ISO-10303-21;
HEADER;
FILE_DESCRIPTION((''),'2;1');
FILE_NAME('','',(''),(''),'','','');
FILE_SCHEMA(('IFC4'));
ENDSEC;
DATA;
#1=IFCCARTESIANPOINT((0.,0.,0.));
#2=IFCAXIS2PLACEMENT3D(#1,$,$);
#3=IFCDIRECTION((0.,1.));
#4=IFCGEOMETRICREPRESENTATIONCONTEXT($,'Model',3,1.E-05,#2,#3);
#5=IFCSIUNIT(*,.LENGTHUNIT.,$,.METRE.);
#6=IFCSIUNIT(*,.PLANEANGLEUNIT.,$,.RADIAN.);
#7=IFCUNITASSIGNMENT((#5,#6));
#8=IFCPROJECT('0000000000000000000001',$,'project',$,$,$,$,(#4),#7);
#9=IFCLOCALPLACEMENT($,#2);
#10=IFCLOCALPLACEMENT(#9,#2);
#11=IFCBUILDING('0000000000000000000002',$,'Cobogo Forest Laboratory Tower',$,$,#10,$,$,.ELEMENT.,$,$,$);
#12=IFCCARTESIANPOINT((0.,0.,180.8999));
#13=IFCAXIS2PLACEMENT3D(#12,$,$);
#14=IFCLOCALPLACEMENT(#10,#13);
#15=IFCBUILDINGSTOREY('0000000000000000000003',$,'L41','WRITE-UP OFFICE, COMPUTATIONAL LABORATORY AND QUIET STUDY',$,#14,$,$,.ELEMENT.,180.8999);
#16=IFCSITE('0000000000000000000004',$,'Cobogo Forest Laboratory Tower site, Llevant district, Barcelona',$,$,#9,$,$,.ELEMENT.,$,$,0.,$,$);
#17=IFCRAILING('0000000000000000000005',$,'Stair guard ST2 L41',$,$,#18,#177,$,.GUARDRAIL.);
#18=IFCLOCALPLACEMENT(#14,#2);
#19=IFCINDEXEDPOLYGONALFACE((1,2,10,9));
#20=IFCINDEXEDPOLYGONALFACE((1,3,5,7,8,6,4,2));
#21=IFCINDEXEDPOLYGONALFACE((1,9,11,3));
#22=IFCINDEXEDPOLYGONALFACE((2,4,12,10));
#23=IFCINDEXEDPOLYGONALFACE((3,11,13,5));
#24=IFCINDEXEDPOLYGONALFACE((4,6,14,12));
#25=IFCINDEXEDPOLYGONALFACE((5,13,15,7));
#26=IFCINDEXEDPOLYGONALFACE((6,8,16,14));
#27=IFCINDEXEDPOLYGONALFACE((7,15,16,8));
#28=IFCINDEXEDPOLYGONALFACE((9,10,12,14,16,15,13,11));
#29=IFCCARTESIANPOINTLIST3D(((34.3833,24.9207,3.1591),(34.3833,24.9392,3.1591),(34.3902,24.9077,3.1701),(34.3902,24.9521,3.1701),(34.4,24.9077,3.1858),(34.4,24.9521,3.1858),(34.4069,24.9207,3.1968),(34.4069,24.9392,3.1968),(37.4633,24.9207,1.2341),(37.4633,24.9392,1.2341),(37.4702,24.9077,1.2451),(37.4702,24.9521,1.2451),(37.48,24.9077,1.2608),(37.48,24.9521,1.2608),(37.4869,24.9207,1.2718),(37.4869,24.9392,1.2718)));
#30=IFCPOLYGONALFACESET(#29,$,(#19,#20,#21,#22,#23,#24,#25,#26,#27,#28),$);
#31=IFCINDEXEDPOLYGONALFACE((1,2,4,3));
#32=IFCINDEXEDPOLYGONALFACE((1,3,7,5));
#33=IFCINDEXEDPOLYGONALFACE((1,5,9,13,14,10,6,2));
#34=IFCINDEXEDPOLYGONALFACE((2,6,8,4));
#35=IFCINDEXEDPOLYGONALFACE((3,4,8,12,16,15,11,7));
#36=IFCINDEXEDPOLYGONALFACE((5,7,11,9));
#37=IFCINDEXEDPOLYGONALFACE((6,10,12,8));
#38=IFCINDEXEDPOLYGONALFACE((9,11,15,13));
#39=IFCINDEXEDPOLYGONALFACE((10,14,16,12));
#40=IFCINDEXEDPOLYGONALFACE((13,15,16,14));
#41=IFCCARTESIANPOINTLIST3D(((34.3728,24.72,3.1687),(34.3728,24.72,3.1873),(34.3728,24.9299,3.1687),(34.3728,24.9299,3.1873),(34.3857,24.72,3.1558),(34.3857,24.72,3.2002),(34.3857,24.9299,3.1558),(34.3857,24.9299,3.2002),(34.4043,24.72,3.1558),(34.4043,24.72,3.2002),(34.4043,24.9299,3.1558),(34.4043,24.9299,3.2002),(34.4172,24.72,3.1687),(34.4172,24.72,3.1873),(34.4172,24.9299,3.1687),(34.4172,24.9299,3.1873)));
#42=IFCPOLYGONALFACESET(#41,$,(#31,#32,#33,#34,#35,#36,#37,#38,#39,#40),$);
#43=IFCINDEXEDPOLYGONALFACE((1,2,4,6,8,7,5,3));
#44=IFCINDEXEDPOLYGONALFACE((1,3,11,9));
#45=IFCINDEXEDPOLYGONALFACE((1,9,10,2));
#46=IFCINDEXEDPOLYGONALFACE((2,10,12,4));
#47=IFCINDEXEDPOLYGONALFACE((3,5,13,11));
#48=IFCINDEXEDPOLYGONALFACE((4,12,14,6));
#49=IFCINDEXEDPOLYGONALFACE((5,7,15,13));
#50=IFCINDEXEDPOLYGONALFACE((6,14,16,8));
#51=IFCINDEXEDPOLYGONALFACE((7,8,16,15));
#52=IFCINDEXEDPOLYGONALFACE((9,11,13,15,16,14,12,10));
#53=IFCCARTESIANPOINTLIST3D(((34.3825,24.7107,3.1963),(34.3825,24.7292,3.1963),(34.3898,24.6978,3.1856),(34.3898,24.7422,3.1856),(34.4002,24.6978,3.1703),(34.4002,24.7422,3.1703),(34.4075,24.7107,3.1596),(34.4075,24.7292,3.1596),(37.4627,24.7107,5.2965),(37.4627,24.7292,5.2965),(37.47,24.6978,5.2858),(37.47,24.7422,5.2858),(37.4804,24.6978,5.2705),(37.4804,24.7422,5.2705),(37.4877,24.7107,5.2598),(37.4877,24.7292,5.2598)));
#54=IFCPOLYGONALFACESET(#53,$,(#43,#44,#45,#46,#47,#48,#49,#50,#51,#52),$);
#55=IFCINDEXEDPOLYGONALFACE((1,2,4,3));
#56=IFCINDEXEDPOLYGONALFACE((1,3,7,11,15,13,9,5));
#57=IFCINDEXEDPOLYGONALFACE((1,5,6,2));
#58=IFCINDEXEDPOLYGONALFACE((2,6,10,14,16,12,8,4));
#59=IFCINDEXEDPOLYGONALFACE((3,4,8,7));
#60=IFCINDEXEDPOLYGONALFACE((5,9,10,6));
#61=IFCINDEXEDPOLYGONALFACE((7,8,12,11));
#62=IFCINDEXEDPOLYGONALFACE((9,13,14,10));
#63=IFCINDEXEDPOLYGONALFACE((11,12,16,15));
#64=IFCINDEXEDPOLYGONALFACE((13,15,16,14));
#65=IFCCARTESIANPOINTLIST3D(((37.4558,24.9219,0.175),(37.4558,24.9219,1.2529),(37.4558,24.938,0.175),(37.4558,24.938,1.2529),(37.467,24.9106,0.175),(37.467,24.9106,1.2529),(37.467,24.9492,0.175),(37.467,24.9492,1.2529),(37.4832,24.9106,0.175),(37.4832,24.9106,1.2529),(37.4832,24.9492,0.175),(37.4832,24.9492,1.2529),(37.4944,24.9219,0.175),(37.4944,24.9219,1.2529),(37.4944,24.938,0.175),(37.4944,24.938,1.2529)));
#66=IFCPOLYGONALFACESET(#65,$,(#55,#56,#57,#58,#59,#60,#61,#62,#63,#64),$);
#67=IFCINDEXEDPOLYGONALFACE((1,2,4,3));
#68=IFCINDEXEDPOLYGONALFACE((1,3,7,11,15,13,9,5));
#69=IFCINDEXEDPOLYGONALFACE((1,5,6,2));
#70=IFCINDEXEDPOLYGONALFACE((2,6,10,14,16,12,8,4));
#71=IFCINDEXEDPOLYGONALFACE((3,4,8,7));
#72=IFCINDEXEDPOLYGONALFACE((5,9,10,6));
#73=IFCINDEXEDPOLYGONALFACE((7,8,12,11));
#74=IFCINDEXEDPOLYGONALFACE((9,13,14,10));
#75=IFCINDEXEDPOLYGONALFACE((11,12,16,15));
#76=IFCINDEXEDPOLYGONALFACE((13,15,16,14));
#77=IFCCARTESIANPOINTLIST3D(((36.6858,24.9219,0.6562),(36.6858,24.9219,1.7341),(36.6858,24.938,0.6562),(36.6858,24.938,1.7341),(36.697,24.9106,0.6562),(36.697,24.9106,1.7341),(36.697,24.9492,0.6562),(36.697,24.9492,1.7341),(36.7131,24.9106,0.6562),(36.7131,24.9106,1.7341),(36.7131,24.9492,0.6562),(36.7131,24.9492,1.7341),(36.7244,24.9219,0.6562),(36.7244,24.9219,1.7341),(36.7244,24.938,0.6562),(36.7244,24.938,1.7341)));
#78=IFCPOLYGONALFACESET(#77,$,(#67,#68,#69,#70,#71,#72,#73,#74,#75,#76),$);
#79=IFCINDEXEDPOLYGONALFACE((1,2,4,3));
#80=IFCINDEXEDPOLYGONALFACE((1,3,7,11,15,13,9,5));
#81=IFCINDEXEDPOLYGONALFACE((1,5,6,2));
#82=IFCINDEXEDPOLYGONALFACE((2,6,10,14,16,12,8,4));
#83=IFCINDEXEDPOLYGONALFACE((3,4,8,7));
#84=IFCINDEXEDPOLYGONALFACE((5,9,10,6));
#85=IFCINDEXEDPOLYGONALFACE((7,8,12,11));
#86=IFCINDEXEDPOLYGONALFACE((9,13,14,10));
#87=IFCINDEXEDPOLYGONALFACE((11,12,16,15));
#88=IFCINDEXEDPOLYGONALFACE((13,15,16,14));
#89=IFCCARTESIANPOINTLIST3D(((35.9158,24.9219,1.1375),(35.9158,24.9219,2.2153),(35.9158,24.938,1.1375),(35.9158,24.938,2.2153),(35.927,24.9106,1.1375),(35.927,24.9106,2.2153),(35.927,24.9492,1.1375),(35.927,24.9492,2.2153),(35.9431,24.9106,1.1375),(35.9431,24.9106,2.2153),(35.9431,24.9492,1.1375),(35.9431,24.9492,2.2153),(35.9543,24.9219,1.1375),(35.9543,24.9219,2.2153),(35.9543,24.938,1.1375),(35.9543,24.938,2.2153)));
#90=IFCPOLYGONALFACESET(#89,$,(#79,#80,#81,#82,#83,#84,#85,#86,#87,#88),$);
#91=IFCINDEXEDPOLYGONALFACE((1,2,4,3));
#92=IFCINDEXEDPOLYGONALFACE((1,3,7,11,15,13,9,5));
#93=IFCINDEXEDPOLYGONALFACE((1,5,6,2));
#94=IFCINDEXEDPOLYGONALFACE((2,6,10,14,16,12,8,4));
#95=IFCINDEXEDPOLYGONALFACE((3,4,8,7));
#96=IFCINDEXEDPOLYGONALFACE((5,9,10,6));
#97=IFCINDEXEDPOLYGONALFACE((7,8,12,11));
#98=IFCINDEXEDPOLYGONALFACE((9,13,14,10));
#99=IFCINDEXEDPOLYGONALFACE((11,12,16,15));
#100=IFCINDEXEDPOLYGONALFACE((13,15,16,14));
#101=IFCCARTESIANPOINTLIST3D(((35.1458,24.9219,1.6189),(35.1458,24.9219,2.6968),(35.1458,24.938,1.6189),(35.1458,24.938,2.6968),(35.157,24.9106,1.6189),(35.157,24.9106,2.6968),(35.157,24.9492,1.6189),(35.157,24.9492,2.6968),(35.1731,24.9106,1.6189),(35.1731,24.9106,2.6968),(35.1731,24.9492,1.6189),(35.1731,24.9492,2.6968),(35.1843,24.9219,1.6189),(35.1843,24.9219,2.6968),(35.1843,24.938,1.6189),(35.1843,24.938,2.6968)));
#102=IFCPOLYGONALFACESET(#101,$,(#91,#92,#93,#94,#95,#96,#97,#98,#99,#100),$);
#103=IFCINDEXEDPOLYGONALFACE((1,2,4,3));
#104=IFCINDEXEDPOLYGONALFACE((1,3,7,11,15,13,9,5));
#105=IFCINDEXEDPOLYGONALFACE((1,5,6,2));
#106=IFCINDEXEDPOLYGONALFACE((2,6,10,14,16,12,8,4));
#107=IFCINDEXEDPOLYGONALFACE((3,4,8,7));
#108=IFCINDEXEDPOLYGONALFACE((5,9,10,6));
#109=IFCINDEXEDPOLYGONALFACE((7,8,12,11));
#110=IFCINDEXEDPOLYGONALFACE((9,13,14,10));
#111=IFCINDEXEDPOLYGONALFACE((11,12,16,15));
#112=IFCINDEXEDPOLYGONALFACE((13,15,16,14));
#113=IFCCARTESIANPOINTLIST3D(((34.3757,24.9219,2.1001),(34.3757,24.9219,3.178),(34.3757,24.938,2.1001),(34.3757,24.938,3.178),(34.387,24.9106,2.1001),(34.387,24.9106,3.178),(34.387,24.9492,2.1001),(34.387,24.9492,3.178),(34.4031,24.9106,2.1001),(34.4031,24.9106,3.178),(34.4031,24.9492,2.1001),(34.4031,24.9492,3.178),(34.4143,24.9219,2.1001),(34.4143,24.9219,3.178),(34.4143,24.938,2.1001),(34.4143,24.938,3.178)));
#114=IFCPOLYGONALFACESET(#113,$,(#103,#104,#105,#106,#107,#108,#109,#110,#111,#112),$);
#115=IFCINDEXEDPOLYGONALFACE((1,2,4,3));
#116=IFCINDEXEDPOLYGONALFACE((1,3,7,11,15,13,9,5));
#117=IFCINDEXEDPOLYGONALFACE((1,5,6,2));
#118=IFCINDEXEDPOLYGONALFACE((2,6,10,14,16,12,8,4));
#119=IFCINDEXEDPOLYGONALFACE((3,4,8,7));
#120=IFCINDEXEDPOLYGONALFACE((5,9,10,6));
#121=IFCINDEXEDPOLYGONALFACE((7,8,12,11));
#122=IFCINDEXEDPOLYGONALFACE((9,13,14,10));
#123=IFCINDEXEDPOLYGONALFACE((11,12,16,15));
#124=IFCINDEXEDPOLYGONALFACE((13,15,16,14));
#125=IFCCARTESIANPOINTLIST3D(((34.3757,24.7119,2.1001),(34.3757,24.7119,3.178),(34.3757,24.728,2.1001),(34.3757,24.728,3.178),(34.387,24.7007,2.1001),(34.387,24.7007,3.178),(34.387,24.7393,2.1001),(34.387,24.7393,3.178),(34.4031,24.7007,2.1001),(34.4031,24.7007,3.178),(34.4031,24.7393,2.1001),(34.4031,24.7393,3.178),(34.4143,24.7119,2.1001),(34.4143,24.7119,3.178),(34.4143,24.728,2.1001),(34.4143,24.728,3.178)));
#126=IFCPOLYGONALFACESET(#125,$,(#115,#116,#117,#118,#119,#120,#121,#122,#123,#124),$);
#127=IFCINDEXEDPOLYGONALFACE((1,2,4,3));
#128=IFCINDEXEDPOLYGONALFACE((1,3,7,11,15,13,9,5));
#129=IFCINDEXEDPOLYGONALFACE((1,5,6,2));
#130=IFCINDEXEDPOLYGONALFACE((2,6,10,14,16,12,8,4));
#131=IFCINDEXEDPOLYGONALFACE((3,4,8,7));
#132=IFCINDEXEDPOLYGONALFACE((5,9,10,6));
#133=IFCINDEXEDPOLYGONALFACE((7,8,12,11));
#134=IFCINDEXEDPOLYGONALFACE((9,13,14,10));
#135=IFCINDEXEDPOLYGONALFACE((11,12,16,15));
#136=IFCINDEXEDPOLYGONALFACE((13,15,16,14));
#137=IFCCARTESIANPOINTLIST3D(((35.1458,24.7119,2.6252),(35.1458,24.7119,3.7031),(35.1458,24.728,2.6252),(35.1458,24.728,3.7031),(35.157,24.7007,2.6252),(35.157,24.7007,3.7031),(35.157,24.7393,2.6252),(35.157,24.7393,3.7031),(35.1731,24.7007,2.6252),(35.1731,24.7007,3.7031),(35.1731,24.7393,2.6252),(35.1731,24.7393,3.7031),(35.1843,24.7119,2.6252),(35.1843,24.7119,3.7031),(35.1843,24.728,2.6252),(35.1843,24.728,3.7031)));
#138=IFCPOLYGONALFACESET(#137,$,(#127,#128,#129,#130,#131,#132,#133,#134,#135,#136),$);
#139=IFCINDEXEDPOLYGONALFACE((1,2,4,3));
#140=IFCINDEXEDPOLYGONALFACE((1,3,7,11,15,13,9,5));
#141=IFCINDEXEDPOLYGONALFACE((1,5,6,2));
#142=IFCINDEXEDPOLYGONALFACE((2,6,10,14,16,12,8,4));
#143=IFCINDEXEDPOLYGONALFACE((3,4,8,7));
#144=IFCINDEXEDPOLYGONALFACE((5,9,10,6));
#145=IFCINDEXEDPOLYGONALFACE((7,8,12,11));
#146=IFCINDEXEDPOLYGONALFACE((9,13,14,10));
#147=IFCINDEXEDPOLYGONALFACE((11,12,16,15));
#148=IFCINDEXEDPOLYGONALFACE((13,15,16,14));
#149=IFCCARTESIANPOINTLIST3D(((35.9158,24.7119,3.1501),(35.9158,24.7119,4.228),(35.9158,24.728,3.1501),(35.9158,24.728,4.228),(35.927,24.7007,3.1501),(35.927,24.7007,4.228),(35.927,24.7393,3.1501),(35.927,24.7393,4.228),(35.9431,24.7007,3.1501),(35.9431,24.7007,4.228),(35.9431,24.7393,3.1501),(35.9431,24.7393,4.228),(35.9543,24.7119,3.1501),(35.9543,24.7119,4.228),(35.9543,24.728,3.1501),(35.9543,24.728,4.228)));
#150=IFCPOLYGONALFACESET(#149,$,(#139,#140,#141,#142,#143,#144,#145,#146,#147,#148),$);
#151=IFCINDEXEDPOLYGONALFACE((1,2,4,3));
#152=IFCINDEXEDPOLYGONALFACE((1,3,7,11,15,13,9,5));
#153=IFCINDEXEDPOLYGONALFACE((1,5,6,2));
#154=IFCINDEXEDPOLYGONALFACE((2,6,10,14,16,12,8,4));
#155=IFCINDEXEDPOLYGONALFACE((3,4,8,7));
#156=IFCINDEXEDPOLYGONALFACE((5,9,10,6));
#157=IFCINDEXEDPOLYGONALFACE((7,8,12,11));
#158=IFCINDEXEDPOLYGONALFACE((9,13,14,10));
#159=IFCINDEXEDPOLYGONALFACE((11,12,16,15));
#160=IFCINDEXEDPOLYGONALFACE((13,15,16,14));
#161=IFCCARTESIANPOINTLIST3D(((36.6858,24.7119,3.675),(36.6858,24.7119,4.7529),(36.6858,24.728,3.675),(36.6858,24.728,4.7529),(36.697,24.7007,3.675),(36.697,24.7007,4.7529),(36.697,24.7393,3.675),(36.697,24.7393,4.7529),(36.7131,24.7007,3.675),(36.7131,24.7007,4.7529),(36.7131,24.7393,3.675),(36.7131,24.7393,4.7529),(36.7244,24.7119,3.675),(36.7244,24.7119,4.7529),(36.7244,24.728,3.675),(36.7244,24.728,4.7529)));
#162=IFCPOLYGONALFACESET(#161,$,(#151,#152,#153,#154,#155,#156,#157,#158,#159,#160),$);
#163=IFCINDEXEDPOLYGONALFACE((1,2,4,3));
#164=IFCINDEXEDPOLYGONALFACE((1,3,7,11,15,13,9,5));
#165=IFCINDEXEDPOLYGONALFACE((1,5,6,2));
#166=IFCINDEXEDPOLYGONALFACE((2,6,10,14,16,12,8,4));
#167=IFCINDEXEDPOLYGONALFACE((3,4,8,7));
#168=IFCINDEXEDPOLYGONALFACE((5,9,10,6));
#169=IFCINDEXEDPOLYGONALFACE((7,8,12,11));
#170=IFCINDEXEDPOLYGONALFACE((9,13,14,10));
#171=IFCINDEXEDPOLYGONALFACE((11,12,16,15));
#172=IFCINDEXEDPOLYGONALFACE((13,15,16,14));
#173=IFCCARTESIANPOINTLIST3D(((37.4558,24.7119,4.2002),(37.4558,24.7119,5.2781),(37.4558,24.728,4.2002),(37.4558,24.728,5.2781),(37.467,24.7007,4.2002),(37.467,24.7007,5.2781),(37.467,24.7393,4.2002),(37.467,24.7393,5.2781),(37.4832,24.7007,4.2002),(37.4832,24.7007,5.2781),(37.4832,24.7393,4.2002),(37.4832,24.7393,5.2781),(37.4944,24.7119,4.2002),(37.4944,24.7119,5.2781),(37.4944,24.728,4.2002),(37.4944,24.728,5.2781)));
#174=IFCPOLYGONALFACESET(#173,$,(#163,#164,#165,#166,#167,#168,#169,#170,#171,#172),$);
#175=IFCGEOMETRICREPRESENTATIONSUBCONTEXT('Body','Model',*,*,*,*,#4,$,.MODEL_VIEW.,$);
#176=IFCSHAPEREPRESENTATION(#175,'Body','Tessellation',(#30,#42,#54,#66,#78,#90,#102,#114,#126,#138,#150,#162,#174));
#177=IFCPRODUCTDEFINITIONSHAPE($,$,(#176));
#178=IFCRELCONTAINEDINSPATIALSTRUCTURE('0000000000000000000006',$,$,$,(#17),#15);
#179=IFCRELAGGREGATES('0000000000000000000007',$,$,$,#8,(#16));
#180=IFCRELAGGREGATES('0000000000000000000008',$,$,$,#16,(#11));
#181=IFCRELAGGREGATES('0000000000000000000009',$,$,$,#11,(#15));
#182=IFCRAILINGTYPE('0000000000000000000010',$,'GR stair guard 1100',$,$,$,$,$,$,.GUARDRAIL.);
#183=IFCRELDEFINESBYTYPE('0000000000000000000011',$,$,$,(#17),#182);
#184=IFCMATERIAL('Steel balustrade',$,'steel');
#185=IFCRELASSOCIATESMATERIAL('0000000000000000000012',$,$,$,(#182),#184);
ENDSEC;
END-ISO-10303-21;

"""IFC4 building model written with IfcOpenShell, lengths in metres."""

from ifc_helpers import new_model, si_unit, direction, frame, origin, place, context, subcontext, project, spatial, polyline, outline, extrude, material, type_object, element, save


model = new_model("IFC4")

# Units and contexts
model_context = context("Model", 3, precision=1e-05, world=origin(), true_north=direction((0.0, 1.0)))
body_context = subcontext(model_context, "Body", "Model", "MODEL_VIEW")
ifc_project = project(units=[si_unit("LENGTHUNIT", "METRE"), si_unit("PLANEANGLEUNIT", "RADIAN")], contexts=[model_context])

# Site, building, storey
site_placement = place(None, origin())
site = spatial("IfcSite", under=ifc_project, at=site_placement, Name="Cobogo Forest Laboratory Tower site, Llevant district, Barcelona", CompositionType="ELEMENT", RefElevation=0.0)
building_placement = place(site_placement, origin())
building = spatial("IfcBuilding", under=site, at=building_placement, Name="Cobogo Forest Laboratory Tower", CompositionType="ELEMENT")
storey_placement = place(building_placement, frame((0.0, 0.0, 180.8999)))
storey = spatial("IfcBuildingStorey", under=building, at=storey_placement, Name="L41", Description="WRITE-UP OFFICE, COMPUTATIONAL LABORATORY AND QUIET STUDY", CompositionType="ELEMENT", Elevation=180.8999)

# Railing
ifc_material_1 = material(Name="Steel balustrade", Category="steel")
railing_type_1 = type_object("IfcRailingType", Name="GR stair guard 1100", PredefinedType="GUARDRAIL", material=ifc_material_1)
railing_1_placement = place(storey_placement, frame((37.4751, 24.9299, 0.175)))
element("IfcRailing", 1, at=railing_1_placement, inside=storey, type_object=railing_type_1, Name="Stair guard ST2 L41", PredefinedType="GUARDRAIL", context=body_context, shape_type="SweptSolid", body=[
    extrude(outline(polyline([(0.0222, 0.0093), (0.0093, 0.0222), (-0.0093, 0.0222), (-0.0222, 0.0093), (-0.0222, -0.0093), (-0.0093, -0.0222), (0.0093, -0.0222), (0.0222, -0.0093), (0.0222, 0.0093)])), frame((0.0, 0.0, 1.0779), z_axis=(-0.847998, 0.0, 0.529999), x_axis=(0.0, -1.0, 0.0)), (0.0, 0.0, 1.0), 3.6321),
    extrude(outline(polyline([(0.0222, 0.0093), (0.0093, 0.0222), (-0.0093, 0.0222), (-0.0222, 0.0093), (-0.0222, -0.0093), (-0.0093, -0.0222), (0.0093, -0.0222), (0.0222, -0.0093), (0.0222, 0.0093)])), frame((-3.0801, 0.0, 3.0029), z_axis=(0.0, -1.0, 0.0), x_axis=(1.0, 0.0, 0.0)), (0.0, 0.0, 1.0), 0.21),
    extrude(outline(polyline([(0.0222, 0.0093), (0.0093, 0.0222), (-0.0093, 0.0222), (-0.0222, 0.0093), (-0.0222, -0.0093), (-0.0093, -0.0222), (0.0093, -0.0222), (0.0222, -0.0093), (0.0222, 0.0093)])), frame((-3.0801, -0.21, 3.0029), z_axis=(0.826222, 0.0, 0.563345), x_axis=(0.0, 1.0, 0.0)), (0.0, 0.0, 1.0), 3.728),
    extrude(outline(polyline([(0.0193, 0.0081), (0.0081, 0.0193), (-0.0081, 0.0193), (-0.0193, 0.0081), (-0.0193, -0.0081), (-0.0081, -0.0193), (0.0081, -0.0193), (0.0193, -0.0081), (0.0193, 0.0081)])), origin(), (0.0, 0.0, 1.0), 1.0779),
    extrude(outline(polyline([(0.0193, 0.0081), (0.0081, 0.0193), (-0.0081, 0.0193), (-0.0193, 0.0081), (-0.0193, -0.0081), (-0.0081, -0.0193), (0.0081, -0.0193), (0.0193, -0.0081), (0.0193, 0.0081)])), frame((-0.77, 0.0, 0.4812)), (0.0, 0.0, 1.0), 1.0779),
    extrude(outline(polyline([(0.0193, 0.0081), (0.0081, 0.0193), (-0.0081, 0.0193), (-0.0193, 0.0081), (-0.0193, -0.0081), (-0.0081, -0.0193), (0.0081, -0.0193), (0.0193, -0.0081), (0.0193, 0.0081)])), frame((-1.54, 0.0, 0.9624)), (0.0, 0.0, 1.0), 1.0779),
    extrude(outline(polyline([(0.0193, 0.0081), (0.0081, 0.0193), (-0.0081, 0.0193), (-0.0193, 0.0081), (-0.0193, -0.0081), (-0.0081, -0.0193), (0.0081, -0.0193), (0.0193, -0.0081), (0.0193, 0.0081)])), frame((-2.3101, 0.0, 1.4438)), (0.0, 0.0, 1.0), 1.0779),
    extrude(outline(polyline([(0.0193, 0.0081), (0.0081, 0.0193), (-0.0081, 0.0193), (-0.0193, 0.0081), (-0.0193, -0.0081), (-0.0081, -0.0193), (0.0081, -0.0193), (0.0193, -0.0081), (0.0193, 0.0081)])), frame((-3.0801, 0.0, 1.925)), (0.0, 0.0, 1.0), 1.0779),
    extrude(outline(polyline([(0.0193, 0.0081), (0.0081, 0.0193), (-0.0081, 0.0193), (-0.0193, 0.0081), (-0.0193, -0.0081), (-0.0081, -0.0193), (0.0081, -0.0193), (0.0193, -0.0081), (0.0193, 0.0081)])), frame((-3.0801, -0.21, 1.925)), (0.0, 0.0, 1.0), 1.0779),
    extrude(outline(polyline([(0.0193, 0.0081), (0.0081, 0.0193), (-0.0081, 0.0193), (-0.0193, 0.0081), (-0.0193, -0.0081), (-0.0081, -0.0193), (0.0081, -0.0193), (0.0193, -0.0081), (0.0193, 0.0081)])), frame((-2.3101, -0.21, 2.4502)), (0.0, 0.0, 1.0), 1.0779),
    extrude(outline(polyline([(0.0193, 0.0081), (0.0081, 0.0193), (-0.0081, 0.0193), (-0.0193, 0.0081), (-0.0193, -0.0081), (-0.0081, -0.0193), (0.0081, -0.0193), (0.0193, -0.0081), (0.0193, 0.0081)])), frame((-1.54, -0.21, 2.9751)), (0.0, 0.0, 1.0), 1.0779),
    extrude(outline(polyline([(0.0193, 0.0081), (0.0081, 0.0193), (-0.0081, 0.0193), (-0.0193, 0.0081), (-0.0193, -0.0081), (-0.0081, -0.0193), (0.0081, -0.0193), (0.0193, -0.0081), (0.0193, 0.0081)])), frame((-0.77, -0.21, 3.5)), (0.0, 0.0, 1.0), 1.0779),
    extrude(outline(polyline([(0.0193, 0.0081), (0.0081, 0.0193), (-0.0081, 0.0193), (-0.0193, 0.0081), (-0.0193, -0.0081), (-0.0081, -0.0193), (0.0081, -0.0193), (0.0193, -0.0081), (0.0193, 0.0081)])), frame((0.0, -0.21, 4.0251)), (0.0, 0.0, 1.0), 1.0779),
])

save(model, "model.ifc")
